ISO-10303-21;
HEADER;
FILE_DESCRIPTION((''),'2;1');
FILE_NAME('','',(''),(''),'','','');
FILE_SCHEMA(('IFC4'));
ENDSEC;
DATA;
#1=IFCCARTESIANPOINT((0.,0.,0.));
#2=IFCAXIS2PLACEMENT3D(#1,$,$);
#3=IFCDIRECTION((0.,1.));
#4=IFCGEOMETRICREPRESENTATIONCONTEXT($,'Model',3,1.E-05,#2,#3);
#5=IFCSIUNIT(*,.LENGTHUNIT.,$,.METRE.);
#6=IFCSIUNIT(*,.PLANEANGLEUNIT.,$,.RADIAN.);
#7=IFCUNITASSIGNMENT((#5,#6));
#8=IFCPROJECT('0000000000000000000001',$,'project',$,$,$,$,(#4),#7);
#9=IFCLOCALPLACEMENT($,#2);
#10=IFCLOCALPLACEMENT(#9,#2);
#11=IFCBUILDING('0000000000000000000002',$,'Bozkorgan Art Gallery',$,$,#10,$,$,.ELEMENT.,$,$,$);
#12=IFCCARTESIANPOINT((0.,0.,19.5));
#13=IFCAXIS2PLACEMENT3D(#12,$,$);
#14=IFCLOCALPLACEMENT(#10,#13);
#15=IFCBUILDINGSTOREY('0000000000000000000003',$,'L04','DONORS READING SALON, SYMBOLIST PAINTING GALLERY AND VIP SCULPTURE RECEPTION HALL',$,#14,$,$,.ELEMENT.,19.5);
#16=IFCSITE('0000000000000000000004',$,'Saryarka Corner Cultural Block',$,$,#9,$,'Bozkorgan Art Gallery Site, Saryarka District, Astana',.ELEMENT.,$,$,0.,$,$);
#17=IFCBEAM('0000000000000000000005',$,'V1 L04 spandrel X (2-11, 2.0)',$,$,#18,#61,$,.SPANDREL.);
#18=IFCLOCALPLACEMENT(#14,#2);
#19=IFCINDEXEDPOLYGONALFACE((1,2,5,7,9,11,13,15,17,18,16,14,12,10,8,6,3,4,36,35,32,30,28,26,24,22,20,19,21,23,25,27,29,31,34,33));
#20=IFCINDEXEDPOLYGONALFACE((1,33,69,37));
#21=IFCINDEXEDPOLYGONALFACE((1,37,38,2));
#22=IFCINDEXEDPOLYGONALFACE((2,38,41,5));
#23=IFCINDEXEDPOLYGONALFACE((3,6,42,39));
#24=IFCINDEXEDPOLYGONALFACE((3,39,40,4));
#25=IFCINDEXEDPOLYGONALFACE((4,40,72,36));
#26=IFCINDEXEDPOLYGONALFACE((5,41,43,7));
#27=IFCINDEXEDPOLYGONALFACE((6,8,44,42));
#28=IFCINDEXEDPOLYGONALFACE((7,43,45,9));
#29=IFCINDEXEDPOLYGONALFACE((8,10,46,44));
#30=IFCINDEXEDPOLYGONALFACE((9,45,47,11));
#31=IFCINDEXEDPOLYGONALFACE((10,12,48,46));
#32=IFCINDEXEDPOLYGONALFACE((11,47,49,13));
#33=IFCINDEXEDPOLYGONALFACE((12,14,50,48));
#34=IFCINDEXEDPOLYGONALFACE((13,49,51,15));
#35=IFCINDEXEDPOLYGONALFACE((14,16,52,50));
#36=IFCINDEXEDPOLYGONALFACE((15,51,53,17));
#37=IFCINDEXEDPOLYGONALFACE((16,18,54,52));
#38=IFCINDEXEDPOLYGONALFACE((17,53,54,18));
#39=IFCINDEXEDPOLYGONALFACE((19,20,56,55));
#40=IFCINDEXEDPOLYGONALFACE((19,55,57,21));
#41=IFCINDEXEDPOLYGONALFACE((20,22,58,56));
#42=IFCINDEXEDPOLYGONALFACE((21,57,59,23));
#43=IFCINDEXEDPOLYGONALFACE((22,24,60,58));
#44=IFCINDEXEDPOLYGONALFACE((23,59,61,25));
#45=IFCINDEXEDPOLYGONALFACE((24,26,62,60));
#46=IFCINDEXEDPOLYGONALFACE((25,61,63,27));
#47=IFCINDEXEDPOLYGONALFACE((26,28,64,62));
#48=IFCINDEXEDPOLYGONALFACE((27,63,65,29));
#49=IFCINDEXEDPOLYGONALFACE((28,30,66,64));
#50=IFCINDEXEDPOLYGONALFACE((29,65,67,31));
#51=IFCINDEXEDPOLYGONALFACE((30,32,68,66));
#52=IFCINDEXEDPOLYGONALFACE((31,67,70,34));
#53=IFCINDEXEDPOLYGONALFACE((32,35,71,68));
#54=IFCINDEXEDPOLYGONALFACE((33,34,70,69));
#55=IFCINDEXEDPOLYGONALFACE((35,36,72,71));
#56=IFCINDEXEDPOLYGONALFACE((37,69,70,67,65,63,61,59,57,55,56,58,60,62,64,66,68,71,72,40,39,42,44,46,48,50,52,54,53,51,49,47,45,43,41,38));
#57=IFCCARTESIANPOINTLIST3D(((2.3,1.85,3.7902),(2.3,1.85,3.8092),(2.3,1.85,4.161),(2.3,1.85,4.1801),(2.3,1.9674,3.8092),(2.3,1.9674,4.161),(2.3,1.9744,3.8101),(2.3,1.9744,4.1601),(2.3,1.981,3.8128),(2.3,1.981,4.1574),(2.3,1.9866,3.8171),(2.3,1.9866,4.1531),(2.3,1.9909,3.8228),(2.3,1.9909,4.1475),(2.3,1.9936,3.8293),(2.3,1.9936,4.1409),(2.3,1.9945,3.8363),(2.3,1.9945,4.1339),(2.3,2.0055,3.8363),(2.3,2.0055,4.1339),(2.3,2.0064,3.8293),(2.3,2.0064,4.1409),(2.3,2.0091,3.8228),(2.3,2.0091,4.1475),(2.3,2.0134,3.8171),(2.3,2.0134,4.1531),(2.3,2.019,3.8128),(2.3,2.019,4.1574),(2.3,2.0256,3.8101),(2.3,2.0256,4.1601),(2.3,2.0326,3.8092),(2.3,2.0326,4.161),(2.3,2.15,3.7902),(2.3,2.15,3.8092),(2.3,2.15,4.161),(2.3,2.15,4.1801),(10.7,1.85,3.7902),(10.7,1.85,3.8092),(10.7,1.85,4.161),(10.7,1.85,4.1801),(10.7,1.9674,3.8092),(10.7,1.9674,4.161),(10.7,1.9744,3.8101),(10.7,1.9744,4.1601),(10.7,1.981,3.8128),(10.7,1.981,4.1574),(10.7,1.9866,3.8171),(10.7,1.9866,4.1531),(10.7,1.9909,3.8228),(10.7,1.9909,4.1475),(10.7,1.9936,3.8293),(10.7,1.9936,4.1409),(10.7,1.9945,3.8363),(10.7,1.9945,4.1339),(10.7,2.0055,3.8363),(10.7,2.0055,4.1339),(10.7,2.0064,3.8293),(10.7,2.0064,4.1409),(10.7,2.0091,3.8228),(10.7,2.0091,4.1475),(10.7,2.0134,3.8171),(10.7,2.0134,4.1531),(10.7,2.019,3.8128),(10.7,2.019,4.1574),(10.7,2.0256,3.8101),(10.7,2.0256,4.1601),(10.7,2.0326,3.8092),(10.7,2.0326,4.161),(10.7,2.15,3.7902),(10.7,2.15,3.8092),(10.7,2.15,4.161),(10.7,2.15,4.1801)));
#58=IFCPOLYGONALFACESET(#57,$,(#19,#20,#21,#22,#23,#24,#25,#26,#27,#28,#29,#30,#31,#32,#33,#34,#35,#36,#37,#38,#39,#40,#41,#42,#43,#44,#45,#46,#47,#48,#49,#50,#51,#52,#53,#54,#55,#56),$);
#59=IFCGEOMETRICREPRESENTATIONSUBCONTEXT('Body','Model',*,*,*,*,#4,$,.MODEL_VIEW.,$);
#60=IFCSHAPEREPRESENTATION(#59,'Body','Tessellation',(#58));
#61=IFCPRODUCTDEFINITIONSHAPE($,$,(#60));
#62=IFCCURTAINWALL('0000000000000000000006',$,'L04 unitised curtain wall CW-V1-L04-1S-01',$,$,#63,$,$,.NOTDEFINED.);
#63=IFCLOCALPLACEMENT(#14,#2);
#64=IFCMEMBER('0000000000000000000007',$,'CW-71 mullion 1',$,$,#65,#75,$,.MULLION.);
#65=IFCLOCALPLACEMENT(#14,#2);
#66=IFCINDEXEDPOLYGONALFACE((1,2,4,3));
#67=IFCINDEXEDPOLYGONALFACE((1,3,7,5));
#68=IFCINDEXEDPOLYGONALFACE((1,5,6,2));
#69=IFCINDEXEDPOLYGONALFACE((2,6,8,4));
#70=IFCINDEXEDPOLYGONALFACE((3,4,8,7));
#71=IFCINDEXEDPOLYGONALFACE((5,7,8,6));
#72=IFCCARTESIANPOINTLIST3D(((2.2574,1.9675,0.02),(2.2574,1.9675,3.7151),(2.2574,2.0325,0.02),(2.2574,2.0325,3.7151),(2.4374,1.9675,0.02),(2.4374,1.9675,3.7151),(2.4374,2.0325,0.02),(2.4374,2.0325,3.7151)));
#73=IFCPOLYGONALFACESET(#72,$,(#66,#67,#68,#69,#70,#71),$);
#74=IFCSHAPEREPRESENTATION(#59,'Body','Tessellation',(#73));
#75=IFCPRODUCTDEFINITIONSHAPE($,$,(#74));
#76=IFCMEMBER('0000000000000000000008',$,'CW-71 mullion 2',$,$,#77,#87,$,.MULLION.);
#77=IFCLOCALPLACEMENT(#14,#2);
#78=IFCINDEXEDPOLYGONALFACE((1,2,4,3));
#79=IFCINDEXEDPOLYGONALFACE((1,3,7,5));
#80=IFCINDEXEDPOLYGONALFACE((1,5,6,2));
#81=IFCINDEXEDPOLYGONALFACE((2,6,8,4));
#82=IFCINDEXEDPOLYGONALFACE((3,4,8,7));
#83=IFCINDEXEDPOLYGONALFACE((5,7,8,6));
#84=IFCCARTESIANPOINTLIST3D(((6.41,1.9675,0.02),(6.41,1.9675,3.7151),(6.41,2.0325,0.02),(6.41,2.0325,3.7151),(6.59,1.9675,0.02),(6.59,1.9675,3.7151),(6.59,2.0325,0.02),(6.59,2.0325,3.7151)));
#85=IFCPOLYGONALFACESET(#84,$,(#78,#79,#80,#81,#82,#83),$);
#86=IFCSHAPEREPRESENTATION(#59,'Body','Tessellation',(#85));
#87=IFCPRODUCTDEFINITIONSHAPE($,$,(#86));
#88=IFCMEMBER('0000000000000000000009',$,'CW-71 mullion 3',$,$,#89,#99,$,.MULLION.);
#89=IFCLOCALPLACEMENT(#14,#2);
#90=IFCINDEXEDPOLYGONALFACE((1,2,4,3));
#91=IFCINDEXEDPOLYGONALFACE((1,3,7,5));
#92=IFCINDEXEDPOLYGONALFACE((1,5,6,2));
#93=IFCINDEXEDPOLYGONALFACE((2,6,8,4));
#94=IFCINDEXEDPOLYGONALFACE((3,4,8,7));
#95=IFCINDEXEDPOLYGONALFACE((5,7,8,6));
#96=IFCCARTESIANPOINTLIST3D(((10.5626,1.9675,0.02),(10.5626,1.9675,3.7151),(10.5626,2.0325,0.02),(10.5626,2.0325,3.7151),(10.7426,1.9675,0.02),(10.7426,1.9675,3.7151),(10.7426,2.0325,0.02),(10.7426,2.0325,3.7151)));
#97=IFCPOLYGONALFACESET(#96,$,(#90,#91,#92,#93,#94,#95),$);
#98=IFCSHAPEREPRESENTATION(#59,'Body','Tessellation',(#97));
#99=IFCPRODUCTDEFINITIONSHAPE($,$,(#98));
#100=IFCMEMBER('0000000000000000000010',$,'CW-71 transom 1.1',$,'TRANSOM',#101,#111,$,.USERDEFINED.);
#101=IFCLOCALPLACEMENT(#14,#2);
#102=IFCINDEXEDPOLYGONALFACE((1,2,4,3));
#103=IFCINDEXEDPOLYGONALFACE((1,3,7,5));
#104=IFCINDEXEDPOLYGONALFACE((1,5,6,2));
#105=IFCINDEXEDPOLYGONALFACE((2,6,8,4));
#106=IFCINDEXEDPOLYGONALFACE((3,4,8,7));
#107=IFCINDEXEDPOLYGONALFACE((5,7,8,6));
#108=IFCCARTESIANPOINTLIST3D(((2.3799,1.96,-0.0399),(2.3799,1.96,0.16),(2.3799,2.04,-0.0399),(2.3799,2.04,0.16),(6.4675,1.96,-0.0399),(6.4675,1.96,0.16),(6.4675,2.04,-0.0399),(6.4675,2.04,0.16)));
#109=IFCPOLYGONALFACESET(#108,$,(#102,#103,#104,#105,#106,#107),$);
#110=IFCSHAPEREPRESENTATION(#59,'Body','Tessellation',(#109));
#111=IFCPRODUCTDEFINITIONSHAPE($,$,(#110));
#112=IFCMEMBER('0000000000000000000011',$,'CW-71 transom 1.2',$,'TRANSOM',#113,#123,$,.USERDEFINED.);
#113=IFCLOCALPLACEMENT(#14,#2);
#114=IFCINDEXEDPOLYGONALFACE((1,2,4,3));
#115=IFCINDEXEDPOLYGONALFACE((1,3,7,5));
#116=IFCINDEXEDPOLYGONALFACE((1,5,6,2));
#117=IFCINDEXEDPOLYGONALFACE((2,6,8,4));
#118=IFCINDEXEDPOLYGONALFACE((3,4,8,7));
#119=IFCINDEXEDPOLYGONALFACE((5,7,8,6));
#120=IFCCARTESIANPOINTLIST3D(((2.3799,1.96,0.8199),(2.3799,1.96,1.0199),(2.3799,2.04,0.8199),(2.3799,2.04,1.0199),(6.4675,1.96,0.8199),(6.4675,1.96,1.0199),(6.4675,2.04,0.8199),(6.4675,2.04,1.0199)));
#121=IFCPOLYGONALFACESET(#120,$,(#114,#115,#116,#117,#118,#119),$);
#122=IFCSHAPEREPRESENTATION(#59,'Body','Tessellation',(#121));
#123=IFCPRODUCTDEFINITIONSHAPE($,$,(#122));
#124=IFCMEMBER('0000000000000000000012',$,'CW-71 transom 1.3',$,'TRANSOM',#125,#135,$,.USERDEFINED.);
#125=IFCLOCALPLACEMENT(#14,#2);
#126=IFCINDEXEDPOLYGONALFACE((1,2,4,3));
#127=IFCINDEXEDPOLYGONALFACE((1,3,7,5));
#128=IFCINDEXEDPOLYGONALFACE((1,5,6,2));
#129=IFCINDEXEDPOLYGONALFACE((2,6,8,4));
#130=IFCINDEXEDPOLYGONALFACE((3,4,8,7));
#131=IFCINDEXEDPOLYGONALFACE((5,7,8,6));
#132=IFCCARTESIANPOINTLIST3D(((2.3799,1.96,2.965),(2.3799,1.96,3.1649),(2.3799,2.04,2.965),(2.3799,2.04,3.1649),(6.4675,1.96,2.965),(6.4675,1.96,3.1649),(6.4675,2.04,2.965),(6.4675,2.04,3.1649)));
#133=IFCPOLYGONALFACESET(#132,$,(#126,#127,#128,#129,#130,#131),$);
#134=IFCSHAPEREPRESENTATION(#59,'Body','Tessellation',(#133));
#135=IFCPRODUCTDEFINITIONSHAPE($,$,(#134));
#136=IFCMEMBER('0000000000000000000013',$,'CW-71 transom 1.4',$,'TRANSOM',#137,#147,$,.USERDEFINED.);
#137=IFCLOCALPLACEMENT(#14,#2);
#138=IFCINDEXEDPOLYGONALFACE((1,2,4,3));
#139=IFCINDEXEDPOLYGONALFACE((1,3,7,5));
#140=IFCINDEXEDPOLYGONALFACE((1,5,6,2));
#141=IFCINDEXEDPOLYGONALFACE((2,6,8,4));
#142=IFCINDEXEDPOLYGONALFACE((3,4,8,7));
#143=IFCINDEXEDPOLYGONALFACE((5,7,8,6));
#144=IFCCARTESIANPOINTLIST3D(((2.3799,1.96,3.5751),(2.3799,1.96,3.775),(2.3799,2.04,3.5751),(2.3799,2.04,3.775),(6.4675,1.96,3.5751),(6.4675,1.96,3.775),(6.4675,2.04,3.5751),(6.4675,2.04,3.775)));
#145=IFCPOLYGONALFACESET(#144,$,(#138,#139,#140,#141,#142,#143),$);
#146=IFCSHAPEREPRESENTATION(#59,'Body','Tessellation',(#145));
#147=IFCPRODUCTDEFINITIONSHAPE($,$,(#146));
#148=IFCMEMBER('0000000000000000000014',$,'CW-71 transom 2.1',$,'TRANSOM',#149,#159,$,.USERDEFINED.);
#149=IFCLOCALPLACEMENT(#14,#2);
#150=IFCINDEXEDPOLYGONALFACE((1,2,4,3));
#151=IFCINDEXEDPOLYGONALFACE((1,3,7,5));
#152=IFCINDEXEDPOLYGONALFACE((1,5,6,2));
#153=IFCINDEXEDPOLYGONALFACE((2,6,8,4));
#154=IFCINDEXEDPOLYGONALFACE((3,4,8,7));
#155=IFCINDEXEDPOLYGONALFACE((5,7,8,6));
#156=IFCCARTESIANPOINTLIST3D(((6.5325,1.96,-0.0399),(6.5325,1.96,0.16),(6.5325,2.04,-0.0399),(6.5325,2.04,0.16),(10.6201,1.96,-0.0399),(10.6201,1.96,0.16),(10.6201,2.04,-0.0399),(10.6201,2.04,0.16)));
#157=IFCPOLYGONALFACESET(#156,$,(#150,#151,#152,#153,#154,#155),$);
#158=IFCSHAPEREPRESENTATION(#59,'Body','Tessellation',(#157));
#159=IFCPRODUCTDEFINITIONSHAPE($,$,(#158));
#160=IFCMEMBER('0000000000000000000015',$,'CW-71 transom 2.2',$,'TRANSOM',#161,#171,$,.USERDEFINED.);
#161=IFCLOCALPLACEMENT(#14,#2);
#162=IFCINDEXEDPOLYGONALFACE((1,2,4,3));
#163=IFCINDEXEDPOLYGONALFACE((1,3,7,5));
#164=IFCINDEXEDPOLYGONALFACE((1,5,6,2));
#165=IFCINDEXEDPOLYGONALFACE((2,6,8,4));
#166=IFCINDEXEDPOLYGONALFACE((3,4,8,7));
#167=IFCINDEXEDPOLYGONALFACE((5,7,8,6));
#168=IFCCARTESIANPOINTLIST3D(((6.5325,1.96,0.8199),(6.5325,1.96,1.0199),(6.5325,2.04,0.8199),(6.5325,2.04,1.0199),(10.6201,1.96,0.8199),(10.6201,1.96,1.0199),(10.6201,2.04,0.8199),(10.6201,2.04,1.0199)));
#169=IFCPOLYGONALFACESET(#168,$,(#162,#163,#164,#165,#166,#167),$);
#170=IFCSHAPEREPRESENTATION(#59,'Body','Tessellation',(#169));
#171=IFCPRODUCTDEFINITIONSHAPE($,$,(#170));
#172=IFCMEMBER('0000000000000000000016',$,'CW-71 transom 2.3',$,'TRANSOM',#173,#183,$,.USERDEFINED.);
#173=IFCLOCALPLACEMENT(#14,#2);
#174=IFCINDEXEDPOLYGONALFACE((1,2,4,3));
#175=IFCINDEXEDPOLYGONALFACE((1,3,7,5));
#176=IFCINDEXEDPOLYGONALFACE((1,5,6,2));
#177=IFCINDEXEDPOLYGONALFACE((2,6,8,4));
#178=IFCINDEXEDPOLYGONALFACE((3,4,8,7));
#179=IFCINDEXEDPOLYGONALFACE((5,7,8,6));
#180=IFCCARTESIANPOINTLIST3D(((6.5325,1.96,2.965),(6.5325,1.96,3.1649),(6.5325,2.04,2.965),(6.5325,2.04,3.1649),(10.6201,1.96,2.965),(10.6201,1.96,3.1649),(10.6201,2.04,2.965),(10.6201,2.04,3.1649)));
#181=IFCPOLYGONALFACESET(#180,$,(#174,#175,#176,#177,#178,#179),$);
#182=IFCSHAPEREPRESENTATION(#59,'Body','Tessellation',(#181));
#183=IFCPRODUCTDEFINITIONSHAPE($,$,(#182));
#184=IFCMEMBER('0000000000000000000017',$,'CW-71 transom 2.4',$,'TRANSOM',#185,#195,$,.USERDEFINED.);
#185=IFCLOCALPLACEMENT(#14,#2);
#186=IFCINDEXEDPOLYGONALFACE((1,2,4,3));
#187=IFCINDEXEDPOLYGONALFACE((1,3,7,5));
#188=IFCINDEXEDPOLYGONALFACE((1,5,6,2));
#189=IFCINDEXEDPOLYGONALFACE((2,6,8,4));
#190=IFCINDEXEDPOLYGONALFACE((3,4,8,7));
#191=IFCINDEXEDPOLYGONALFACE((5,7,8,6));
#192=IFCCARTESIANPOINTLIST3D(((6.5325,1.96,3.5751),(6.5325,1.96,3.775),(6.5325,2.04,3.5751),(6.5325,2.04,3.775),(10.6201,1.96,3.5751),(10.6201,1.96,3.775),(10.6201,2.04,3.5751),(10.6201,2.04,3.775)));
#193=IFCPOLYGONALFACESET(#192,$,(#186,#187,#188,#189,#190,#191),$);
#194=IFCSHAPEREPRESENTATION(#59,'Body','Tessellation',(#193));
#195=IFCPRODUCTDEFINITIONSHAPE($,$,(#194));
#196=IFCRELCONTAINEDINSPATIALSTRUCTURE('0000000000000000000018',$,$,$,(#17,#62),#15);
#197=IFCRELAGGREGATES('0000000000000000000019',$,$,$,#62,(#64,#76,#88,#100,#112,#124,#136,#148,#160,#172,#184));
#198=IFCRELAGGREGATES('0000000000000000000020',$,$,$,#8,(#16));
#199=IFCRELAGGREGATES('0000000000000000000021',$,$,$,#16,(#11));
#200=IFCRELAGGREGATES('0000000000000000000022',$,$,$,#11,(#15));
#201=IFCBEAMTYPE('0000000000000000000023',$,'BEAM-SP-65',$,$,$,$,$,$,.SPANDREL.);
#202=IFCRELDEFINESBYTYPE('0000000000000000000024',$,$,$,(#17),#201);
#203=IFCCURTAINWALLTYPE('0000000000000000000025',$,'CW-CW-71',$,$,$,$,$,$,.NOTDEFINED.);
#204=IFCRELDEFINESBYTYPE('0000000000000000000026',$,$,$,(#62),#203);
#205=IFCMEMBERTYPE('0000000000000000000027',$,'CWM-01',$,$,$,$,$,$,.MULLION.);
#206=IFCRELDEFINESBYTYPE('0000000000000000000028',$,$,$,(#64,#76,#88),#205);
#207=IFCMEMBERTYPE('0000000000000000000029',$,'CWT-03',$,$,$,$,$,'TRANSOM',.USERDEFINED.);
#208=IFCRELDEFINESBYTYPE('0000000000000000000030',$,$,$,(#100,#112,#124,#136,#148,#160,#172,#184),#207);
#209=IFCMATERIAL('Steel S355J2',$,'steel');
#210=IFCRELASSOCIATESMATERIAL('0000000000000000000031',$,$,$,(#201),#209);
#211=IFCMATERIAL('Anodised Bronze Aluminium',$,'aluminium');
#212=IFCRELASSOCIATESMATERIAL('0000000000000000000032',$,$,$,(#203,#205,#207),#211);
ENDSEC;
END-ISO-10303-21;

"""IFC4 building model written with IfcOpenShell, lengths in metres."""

from ifc_helpers import new_model, si_unit, direction, frame, origin, origin_2d, place, context, subcontext, project, spatial, rectangle, i_section, extrude, material, material_profile, profile_set, type_object, element, aggregate, save


model = new_model("IFC4")

# Units and contexts
model_context = context("Model", 3, precision=1e-05, world=origin(), true_north=direction((0.0, 1.0)))
body_context = subcontext(model_context, "Body", "Model", "MODEL_VIEW")
ifc_project = project(units=[si_unit("LENGTHUNIT", "METRE"), si_unit("PLANEANGLEUNIT", "RADIAN")], contexts=[model_context])

# Site, building, storey
site_placement = place(None, origin())
site = spatial("IfcSite", under=ifc_project, at=site_placement, Name="Saryarka Corner Cultural Block", LongName="Bozkorgan Art Gallery Site, Saryarka District, Astana", CompositionType="ELEMENT", RefElevation=0.0)
building_placement = place(site_placement, origin())
building = spatial("IfcBuilding", under=site, at=building_placement, Name="Bozkorgan Art Gallery", CompositionType="ELEMENT")
storey_placement = place(building_placement, frame((0.0, 0.0, 19.5)))
storey = spatial("IfcBuildingStorey", under=building, at=storey_placement, Name="L04", Description="DONORS READING SALON, SYMBOLIST PAINTING GALLERY AND VIP SCULPTURE RECEPTION HALL", CompositionType="ELEMENT", Elevation=19.5)

# Beam
ifc_material_1 = material(Name="Steel S355J2", Category="steel")
ifc_material_profile_1 = material_profile(ifc_material_1, i_section(OverallWidth=0.3, OverallDepth=0.3899, WebThickness=0.011, FlangeThickness=0.019, FilletRadius=0.0271, at=origin_2d()), Name="HEA 400")
ifc_profile_set_1 = profile_set([ifc_material_profile_1], Name="Steel S355J2")
beam_type_1 = type_object("IfcBeamType", Name="BEAM-SP-65", PredefinedType="SPANDREL", material=ifc_profile_set_1)
beam_1_placement = place(storey_placement, frame((2.3, 2.0, 3.9851), z_axis=(1.0, 0.0, 0.0), x_axis=(0.0, 1.0, 0.0)))
element("IfcBeam", 1, at=beam_1_placement, inside=storey, type_object=beam_type_1, Name="V1 L04 spandrel X (2-11, 2.0)", PredefinedType="SPANDREL", context=body_context, shape_type="SweptSolid", body=[
    extrude(i_section(OverallWidth=0.3, OverallDepth=0.3899, WebThickness=0.011, FlangeThickness=0.019, FilletRadius=0.0271, at=origin_2d()), origin(), (0.0, 0.0, 1.0), 8.3999),
])

# Curtain wall, members
ifc_material_2 = material(Name="Anodised Bronze Aluminium", Category="aluminium")
curtain_wall_type = type_object("IfcCurtainWallType", Name="CW-CW-71", PredefinedType="NOTDEFINED", material=ifc_material_2)
curtain_wall_1_placement = place(storey_placement, origin())
curtain_wall_1 = element("IfcCurtainWall", 2, at=curtain_wall_1_placement, inside=storey, type_object=curtain_wall_type, Name="L04 unitised curtain wall CW-V1-L04-1S-01", PredefinedType="NOTDEFINED")
ifc_material_profile_2 = material_profile(ifc_material_2, rectangle(XDim=0.0649, YDim=0.1799, at=origin_2d()), Name="ALU MULLION 65x180")
ifc_profile_set_2 = profile_set([ifc_material_profile_2], Name="Anodised Bronze Aluminium")
member_type_1 = type_object("IfcMemberType", Name="CWM-01", PredefinedType="MULLION", material=ifc_profile_set_2)
member_1_placement = place(storey_placement, frame((2.3474, 2.0, 0.02), z_axis=(0.0, 0.0, 1.0), x_axis=(0.0, 1.0, 0.0)))
member_1 = element("IfcMember", 3, at=member_1_placement, type_object=member_type_1, Name="CW-71 mullion 1", PredefinedType="MULLION", context=body_context, shape_type="SweptSolid", body=[
    extrude(rectangle(XDim=0.0649, YDim=0.1799, at=origin_2d()), origin(), (0.0, 0.0, 1.0), 3.6951),
])
member_2_placement = place(storey_placement, frame((6.5, 2.0, 0.02), z_axis=(0.0, 0.0, 1.0), x_axis=(0.0, 1.0, 0.0)))
member_2 = element("IfcMember", 4, at=member_2_placement, type_object=member_type_1, Name="CW-71 mullion 2", PredefinedType="MULLION", context=body_context, shape_type="SweptSolid", body=[
    extrude(rectangle(XDim=0.0649, YDim=0.1799, at=origin_2d()), origin(), (0.0, 0.0, 1.0), 3.6951),
])
member_3_placement = place(storey_placement, frame((10.6526, 2.0, 0.02), z_axis=(0.0, 0.0, 1.0), x_axis=(0.0, 1.0, 0.0)))
member_3 = element("IfcMember", 5, at=member_3_placement, type_object=member_type_1, Name="CW-71 mullion 3", PredefinedType="MULLION", context=body_context, shape_type="SweptSolid", body=[
    extrude(rectangle(XDim=0.0649, YDim=0.1799, at=origin_2d()), origin(), (0.0, 0.0, 1.0), 3.6951),
])
ifc_material_profile_3 = material_profile(ifc_material_2, rectangle(XDim=0.0801, YDim=0.2, at=origin_2d()), Name="ALU TRANSOM 80x200")
ifc_profile_set_3 = profile_set([ifc_material_profile_3], Name="Anodised Bronze Aluminium")
member_type_2 = type_object("IfcMemberType", Name="CWT-03", ElementType="TRANSOM", PredefinedType="USERDEFINED", material=ifc_profile_set_3)
member_4_placement = place(storey_placement, frame((2.3799, 2.0, 0.0601), z_axis=(1.0, 0.0, 0.0), x_axis=(0.0, 1.0, 0.0)))
member_4 = element("IfcMember", 6, at=member_4_placement, type_object=member_type_2, Name="CW-71 transom 1.1", ObjectType="TRANSOM", PredefinedType="USERDEFINED", context=body_context, shape_type="SweptSolid", body=[
    extrude(rectangle(XDim=0.0801, YDim=0.2, at=origin_2d()), origin(), (0.0, 0.0, 1.0), 4.0876),
])
member_5_placement = place(storey_placement, frame((2.3799, 2.0, 0.9199), z_axis=(1.0, 0.0, 0.0), x_axis=(0.0, 1.0, 0.0)))
member_5 = element("IfcMember", 7, at=member_5_placement, type_object=member_type_2, Name="CW-71 transom 1.2", ObjectType="TRANSOM", PredefinedType="USERDEFINED", context=body_context, shape_type="SweptSolid", body=[
    extrude(rectangle(XDim=0.0801, YDim=0.2, at=origin_2d()), origin(), (0.0, 0.0, 1.0), 4.0876),
])
member_6_placement = place(storey_placement, frame((2.3799, 2.0, 3.0649), z_axis=(1.0, 0.0, 0.0), x_axis=(0.0, 1.0, 0.0)))
member_6 = element("IfcMember", 8, at=member_6_placement, type_object=member_type_2, Name="CW-71 transom 1.3", ObjectType="TRANSOM", PredefinedType="USERDEFINED", context=body_context, shape_type="SweptSolid", body=[
    extrude(rectangle(XDim=0.0801, YDim=0.2, at=origin_2d()), origin(), (0.0, 0.0, 1.0), 4.0876),
])
member_7_placement = place(storey_placement, frame((2.3799, 2.0, 3.675), z_axis=(1.0, 0.0, 0.0), x_axis=(0.0, 1.0, 0.0)))
member_7 = element("IfcMember", 9, at=member_7_placement, type_object=member_type_2, Name="CW-71 transom 1.4", ObjectType="TRANSOM", PredefinedType="USERDEFINED", context=body_context, shape_type="SweptSolid", body=[
    extrude(rectangle(XDim=0.0801, YDim=0.2, at=origin_2d()), origin(), (0.0, 0.0, 1.0), 4.0876),
])
member_8_placement = place(storey_placement, frame((6.5325, 2.0, 0.0601), z_axis=(1.0, 0.0, 0.0), x_axis=(0.0, 1.0, 0.0)))
member_8 = element("IfcMember", 10, at=member_8_placement, type_object=member_type_2, Name="CW-71 transom 2.1", ObjectType="TRANSOM", PredefinedType="USERDEFINED", context=body_context, shape_type="SweptSolid", body=[
    extrude(rectangle(XDim=0.0801, YDim=0.2, at=origin_2d()), origin(), (0.0, 0.0, 1.0), 4.0876),
])
member_9_placement = place(storey_placement, frame((6.5325, 2.0, 0.9199), z_axis=(1.0, 0.0, 0.0), x_axis=(0.0, 1.0, 0.0)))
member_9 = element("IfcMember", 11, at=member_9_placement, type_object=member_type_2, Name="CW-71 transom 2.2", ObjectType="TRANSOM", PredefinedType="USERDEFINED", context=body_context, shape_type="SweptSolid", body=[
    extrude(rectangle(XDim=0.0801, YDim=0.2, at=origin_2d()), origin(), (0.0, 0.0, 1.0), 4.0876),
])
member_10_placement = place(storey_placement, frame((6.5325, 2.0, 3.0649), z_axis=(1.0, 0.0, 0.0), x_axis=(0.0, 1.0, 0.0)))
member_10 = element("IfcMember", 12, at=member_10_placement, type_object=member_type_2, Name="CW-71 transom 2.3", ObjectType="TRANSOM", PredefinedType="USERDEFINED", context=body_context, shape_type="SweptSolid", body=[
    extrude(rectangle(XDim=0.0801, YDim=0.2, at=origin_2d()), origin(), (0.0, 0.0, 1.0), 4.0876),
])
member_11_placement = place(storey_placement, frame((6.5325, 2.0, 3.675), z_axis=(1.0, 0.0, 0.0), x_axis=(0.0, 1.0, 0.0)))
member_11 = element("IfcMember", 13, at=member_11_placement, type_object=member_type_2, Name="CW-71 transom 2.4", ObjectType="TRANSOM", PredefinedType="USERDEFINED", context=body_context, shape_type="SweptSolid", body=[
    extrude(rectangle(XDim=0.0801, YDim=0.2, at=origin_2d()), origin(), (0.0, 0.0, 1.0), 4.0876),
])

aggregate(curtain_wall_1, [member_1, member_2, member_3, member_4, member_5, member_6, member_7, member_8, member_9, member_10, member_11])

save(model, "model.ifc")
